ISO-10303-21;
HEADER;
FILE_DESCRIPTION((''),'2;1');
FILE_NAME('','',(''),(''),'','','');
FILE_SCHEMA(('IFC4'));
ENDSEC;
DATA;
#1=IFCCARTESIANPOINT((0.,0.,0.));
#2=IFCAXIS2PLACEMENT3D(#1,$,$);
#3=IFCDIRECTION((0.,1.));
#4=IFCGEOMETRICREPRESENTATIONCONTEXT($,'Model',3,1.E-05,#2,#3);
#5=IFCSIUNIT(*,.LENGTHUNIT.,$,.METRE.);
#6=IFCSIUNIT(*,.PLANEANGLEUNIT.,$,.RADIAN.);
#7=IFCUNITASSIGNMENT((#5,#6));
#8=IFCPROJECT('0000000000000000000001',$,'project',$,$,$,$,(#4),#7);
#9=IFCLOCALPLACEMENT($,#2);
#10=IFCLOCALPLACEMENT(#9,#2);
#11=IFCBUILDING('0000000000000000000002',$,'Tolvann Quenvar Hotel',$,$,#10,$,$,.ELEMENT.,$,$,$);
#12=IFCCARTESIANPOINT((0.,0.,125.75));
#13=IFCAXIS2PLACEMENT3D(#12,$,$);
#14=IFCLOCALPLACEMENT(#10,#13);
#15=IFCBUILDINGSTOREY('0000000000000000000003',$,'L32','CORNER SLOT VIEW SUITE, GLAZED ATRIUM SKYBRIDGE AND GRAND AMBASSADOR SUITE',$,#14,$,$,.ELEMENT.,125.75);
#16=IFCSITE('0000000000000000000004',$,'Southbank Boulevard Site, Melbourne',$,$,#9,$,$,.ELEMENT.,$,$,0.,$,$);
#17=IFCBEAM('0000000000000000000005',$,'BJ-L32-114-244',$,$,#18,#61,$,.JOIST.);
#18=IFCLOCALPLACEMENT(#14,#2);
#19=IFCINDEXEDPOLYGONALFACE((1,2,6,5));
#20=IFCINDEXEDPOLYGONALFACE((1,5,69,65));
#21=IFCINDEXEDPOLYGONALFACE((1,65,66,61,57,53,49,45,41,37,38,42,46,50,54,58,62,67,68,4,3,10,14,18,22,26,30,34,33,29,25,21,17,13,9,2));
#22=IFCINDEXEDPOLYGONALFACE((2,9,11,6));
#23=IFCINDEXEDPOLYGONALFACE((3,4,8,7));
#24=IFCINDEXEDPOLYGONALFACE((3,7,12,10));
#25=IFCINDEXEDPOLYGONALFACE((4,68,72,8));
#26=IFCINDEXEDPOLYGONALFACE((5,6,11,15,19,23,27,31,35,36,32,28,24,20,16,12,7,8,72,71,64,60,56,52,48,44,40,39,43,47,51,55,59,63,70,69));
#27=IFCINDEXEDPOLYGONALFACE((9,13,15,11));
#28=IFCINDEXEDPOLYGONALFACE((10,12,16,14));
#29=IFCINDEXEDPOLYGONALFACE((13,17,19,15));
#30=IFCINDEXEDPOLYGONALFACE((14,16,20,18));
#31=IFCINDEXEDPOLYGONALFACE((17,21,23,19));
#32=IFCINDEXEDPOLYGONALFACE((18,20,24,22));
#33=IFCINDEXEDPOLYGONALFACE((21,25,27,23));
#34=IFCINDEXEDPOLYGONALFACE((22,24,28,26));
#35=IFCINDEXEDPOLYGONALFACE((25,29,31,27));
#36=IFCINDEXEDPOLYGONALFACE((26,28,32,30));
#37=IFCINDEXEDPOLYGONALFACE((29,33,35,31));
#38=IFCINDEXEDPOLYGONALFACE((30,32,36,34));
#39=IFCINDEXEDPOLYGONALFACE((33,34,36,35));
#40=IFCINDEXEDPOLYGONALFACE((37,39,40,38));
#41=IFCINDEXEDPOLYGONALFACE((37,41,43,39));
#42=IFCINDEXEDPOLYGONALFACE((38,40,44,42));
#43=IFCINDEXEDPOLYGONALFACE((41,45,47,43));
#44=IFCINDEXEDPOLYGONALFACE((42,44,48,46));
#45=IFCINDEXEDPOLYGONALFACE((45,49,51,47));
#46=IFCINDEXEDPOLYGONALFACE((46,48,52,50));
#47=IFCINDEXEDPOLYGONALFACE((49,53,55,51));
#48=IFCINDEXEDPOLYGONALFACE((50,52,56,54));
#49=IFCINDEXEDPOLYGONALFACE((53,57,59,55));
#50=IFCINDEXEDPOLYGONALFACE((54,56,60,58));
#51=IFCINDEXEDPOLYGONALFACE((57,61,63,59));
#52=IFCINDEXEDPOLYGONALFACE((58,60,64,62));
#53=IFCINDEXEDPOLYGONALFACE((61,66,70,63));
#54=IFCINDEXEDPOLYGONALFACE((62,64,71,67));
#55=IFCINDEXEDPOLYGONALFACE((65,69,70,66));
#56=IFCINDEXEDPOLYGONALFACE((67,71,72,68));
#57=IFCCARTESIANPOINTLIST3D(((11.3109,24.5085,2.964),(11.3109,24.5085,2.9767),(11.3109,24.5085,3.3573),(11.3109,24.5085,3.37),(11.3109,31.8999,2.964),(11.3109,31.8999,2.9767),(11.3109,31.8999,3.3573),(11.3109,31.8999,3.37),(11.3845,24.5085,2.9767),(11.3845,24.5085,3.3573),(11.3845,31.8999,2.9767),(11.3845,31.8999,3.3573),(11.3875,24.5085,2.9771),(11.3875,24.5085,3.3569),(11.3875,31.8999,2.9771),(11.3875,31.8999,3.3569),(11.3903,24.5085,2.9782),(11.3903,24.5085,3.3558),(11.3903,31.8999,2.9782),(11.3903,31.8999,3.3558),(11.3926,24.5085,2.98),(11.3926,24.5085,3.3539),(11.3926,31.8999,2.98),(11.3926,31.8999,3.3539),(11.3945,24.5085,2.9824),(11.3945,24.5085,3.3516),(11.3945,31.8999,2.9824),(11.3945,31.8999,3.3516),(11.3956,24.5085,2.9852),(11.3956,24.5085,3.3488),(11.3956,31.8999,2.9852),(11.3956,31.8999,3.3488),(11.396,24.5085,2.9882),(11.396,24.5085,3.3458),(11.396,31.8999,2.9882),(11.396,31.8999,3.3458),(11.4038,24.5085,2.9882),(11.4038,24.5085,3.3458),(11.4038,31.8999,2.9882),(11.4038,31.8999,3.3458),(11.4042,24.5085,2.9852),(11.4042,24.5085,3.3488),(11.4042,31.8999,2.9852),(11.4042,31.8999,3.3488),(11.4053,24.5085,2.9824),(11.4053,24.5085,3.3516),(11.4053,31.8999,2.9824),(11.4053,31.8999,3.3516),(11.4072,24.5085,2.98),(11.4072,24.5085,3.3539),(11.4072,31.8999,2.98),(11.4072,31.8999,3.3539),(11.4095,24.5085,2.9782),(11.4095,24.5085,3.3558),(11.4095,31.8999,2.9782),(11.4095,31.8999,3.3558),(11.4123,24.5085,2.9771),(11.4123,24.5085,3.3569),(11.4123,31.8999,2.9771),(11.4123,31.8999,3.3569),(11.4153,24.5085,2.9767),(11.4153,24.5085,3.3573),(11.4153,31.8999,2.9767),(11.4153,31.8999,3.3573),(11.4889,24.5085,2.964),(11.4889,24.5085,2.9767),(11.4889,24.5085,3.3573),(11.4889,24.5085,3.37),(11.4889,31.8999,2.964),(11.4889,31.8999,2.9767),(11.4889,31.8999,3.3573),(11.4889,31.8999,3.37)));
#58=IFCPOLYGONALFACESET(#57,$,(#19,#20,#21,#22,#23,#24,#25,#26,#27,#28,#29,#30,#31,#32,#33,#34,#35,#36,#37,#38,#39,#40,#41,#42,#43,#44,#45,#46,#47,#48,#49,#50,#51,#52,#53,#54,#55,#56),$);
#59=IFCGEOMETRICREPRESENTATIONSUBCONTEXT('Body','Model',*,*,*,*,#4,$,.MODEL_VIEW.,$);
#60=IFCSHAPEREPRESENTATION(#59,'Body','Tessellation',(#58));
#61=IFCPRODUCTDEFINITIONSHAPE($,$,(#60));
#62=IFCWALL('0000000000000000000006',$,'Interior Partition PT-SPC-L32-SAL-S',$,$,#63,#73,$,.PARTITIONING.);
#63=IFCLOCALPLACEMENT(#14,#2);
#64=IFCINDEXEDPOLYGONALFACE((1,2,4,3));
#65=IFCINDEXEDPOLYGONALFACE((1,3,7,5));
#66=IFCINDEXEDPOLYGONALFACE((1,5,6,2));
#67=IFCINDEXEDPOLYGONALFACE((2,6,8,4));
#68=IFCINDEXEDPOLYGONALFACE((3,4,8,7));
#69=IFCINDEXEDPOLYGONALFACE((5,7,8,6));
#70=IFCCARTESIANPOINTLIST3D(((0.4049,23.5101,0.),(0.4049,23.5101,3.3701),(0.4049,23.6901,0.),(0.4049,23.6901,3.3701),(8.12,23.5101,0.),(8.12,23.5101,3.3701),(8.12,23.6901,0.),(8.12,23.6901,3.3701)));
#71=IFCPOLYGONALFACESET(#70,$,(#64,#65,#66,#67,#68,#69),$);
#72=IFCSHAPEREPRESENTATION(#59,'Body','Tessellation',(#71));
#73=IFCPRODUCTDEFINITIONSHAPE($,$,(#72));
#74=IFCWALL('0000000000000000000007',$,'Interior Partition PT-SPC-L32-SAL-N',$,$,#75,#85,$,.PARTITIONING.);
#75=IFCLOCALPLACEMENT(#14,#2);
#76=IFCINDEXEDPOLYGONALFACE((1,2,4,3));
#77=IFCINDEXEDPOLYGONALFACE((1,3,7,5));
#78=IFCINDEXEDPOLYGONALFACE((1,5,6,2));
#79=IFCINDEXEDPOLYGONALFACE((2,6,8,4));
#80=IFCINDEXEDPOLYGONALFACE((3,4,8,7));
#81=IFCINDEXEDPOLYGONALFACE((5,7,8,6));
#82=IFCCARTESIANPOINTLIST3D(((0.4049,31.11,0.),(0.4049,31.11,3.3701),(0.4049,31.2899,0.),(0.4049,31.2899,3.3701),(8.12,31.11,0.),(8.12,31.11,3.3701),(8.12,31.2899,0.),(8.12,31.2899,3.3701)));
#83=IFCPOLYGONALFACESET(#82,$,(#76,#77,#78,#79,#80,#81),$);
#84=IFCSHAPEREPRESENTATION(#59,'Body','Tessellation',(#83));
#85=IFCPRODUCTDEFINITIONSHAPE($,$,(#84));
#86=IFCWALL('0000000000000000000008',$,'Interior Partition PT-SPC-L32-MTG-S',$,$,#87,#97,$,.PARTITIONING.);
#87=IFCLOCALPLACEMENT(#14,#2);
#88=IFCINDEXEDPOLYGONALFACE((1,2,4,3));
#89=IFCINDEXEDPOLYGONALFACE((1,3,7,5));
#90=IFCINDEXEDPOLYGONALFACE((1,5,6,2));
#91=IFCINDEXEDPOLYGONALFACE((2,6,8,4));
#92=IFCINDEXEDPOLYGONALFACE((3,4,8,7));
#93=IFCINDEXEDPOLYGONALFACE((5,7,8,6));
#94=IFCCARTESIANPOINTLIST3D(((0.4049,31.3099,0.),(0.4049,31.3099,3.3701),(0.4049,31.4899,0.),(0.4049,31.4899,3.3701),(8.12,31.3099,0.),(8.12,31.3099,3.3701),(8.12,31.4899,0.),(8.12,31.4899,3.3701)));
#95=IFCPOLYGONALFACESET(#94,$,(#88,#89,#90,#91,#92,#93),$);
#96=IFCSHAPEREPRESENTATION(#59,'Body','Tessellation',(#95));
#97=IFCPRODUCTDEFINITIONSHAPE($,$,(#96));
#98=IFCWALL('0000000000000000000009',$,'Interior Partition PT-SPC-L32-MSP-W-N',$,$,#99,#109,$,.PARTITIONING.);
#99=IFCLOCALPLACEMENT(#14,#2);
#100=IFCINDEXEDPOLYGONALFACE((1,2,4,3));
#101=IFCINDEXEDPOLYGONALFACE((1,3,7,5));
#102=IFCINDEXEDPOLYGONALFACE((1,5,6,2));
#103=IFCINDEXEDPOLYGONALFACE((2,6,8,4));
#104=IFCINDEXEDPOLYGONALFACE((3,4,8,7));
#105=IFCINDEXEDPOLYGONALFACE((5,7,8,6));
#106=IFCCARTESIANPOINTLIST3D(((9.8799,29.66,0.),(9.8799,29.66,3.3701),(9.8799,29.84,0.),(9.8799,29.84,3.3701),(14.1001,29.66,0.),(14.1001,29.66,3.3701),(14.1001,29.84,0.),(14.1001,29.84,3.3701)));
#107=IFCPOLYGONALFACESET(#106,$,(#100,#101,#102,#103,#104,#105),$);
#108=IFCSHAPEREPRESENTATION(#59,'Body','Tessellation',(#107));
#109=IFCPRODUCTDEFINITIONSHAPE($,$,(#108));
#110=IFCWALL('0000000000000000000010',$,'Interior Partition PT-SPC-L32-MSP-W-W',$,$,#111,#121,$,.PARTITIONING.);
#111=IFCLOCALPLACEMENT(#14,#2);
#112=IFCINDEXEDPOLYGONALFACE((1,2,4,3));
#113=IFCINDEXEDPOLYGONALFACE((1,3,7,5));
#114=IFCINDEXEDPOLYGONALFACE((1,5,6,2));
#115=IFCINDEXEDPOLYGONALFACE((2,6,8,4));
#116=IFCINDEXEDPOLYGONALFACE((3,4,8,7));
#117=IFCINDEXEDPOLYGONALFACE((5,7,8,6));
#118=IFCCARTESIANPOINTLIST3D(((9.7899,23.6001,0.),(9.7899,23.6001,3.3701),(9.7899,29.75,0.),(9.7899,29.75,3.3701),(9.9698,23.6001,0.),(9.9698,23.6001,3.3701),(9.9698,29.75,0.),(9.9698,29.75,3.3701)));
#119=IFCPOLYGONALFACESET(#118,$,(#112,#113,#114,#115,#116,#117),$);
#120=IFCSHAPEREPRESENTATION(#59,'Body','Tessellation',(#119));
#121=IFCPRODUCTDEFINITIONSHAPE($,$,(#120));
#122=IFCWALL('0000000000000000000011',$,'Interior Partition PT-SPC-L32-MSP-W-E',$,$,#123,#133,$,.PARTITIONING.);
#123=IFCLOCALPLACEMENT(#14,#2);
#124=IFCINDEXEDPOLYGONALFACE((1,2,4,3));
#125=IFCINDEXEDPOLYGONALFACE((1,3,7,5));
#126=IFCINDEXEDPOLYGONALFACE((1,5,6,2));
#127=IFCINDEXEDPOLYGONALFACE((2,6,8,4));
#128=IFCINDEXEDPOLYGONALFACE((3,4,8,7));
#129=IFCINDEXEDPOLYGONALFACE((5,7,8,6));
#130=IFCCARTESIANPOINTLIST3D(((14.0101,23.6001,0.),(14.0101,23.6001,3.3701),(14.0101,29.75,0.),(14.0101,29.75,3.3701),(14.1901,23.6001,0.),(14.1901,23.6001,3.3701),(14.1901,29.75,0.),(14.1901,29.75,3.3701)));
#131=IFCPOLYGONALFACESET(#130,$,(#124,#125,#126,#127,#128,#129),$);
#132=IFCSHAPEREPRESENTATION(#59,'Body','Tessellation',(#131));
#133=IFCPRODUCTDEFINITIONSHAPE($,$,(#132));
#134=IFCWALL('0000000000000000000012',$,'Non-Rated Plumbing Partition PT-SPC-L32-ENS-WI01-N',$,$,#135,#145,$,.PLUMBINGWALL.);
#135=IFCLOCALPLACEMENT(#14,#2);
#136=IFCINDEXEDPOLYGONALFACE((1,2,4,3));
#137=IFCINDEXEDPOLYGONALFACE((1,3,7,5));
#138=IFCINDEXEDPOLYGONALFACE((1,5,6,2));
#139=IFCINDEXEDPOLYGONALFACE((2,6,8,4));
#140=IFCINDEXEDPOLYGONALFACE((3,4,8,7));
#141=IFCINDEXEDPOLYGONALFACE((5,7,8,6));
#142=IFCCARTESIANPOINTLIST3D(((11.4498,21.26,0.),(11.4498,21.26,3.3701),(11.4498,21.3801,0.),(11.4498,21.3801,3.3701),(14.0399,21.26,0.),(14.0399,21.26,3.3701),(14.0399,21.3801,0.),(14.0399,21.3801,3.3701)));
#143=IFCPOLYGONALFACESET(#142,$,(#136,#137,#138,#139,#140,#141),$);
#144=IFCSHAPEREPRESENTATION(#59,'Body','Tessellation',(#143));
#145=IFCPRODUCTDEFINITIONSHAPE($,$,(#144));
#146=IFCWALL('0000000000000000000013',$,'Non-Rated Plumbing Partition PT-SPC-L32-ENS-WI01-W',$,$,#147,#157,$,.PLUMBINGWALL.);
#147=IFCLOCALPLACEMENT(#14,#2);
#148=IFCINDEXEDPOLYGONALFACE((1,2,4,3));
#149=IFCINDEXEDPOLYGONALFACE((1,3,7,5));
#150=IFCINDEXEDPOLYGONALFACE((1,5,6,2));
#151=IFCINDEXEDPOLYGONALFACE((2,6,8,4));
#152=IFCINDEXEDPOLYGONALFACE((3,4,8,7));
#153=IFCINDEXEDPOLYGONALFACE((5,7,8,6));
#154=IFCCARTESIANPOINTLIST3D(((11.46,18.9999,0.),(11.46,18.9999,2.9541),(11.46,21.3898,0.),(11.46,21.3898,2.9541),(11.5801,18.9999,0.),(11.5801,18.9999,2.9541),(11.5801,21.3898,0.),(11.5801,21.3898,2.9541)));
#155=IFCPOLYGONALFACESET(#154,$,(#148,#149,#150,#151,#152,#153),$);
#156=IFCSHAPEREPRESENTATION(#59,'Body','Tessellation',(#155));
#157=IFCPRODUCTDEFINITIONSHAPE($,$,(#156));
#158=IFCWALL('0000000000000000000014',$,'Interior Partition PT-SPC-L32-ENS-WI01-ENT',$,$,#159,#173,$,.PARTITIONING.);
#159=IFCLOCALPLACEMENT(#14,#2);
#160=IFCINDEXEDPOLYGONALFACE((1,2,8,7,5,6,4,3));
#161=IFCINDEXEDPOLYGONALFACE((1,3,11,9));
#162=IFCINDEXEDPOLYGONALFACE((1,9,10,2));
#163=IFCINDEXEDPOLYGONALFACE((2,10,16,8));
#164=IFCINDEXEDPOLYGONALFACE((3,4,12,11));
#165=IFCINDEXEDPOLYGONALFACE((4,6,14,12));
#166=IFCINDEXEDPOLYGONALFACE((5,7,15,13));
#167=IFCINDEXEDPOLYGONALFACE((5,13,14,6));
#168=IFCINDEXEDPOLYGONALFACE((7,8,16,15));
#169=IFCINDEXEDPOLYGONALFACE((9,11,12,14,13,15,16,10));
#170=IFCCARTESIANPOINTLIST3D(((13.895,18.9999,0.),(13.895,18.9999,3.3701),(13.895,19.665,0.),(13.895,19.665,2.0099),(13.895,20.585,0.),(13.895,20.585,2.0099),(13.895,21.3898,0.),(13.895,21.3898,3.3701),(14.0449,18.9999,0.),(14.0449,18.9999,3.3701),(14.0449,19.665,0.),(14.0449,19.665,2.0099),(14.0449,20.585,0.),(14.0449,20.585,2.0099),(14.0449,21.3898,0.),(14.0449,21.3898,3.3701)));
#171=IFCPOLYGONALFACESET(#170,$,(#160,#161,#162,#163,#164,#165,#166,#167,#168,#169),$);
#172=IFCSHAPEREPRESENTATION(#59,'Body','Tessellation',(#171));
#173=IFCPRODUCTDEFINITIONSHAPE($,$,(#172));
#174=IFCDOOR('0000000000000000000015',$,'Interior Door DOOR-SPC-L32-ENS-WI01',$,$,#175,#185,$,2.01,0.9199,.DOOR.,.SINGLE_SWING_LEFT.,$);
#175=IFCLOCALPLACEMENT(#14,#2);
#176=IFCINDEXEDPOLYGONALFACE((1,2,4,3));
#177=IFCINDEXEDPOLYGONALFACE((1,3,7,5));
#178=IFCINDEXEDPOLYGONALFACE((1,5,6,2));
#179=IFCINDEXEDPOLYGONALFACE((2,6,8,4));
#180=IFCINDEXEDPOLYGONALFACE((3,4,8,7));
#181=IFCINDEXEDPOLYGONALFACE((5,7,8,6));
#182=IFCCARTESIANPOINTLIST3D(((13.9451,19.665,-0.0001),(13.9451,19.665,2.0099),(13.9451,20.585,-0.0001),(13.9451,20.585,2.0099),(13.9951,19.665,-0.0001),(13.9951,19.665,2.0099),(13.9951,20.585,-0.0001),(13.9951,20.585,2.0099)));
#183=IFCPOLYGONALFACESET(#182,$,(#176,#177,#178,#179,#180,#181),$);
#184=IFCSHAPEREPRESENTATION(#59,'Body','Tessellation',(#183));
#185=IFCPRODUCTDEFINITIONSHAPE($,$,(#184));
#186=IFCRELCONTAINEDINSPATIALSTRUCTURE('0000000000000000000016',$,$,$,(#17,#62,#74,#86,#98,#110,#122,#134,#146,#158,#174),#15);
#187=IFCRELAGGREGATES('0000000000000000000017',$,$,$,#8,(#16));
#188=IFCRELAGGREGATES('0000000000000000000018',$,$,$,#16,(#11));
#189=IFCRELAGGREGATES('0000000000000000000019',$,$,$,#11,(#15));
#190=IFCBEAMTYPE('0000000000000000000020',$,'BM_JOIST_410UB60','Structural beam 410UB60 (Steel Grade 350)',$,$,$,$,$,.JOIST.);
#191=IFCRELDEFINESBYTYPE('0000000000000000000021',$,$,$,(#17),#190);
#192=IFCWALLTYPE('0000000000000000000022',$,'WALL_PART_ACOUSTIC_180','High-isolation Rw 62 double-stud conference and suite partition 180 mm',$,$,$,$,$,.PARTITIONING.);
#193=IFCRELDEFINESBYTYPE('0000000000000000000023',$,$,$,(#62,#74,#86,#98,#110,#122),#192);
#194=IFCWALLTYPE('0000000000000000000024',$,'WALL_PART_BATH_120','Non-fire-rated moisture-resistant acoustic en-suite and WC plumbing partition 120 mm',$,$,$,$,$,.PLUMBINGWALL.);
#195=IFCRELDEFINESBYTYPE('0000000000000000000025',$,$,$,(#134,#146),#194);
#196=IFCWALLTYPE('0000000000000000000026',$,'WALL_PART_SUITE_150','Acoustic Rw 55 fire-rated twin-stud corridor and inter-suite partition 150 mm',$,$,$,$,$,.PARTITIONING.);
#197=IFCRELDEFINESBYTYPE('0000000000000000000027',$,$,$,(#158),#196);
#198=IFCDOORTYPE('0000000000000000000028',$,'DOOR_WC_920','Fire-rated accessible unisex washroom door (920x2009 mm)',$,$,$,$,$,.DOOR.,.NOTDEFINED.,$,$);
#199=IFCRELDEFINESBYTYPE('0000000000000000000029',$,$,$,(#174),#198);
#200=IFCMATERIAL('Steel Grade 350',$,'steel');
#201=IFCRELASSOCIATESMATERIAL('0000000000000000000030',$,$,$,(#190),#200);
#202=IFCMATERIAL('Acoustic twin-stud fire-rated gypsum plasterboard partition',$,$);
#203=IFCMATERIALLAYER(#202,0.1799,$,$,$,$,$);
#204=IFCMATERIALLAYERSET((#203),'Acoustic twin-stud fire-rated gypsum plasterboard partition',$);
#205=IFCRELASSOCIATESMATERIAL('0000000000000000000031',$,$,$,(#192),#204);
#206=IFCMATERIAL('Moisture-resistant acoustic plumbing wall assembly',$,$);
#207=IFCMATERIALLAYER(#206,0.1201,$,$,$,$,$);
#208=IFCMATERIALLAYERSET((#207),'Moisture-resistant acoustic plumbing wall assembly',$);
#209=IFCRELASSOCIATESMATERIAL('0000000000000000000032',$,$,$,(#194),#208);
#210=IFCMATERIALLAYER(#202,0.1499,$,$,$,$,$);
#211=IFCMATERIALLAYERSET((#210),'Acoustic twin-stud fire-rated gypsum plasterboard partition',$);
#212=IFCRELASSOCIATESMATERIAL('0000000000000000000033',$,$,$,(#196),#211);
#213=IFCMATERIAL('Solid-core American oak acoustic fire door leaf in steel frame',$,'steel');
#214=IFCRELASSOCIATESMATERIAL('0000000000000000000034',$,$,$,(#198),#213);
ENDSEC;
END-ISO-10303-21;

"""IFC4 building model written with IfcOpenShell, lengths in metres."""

from ifc_helpers import new_model, si_unit, direction, frame, frame_2d, origin, origin_2d, place, context, subcontext, project, spatial, rectangle, i_section, extrude, source, transform, mapped, material, layer, layer_set, material_profile, profile_set, type_object, type_shapes, element, fill, save


model = new_model("IFC4")

# Units and contexts
model_context = context("Model", 3, precision=1e-05, world=origin(), true_north=direction((0.0, 1.0)))
body_context = subcontext(model_context, "Body", "Model", "MODEL_VIEW")
ifc_project = project(units=[si_unit("LENGTHUNIT", "METRE"), si_unit("PLANEANGLEUNIT", "RADIAN")], contexts=[model_context])

# Site, building, storey
site_placement = place(None, origin())
site = spatial("IfcSite", under=ifc_project, at=site_placement, Name="Southbank Boulevard Site, Melbourne", CompositionType="ELEMENT", RefElevation=0.0)
building_placement = place(site_placement, origin())
building = spatial("IfcBuilding", under=site, at=building_placement, Name="Tolvann Quenvar Hotel", CompositionType="ELEMENT")
storey_placement = place(building_placement, frame((0.0, 0.0, 125.75)))
storey = spatial("IfcBuildingStorey", under=building, at=storey_placement, Name="L32", Description="CORNER SLOT VIEW SUITE, GLAZED ATRIUM SKYBRIDGE AND GRAND AMBASSADOR SUITE", CompositionType="ELEMENT", Elevation=125.75)

# Shared definitions
ifc_material_1 = material(Name="Steel Grade 350", Category="steel")

# Beam
ifc_material_profile_1 = material_profile(ifc_material_1, i_section(OverallWidth=0.178, OverallDepth=0.406, WebThickness=0.0078, FlangeThickness=0.0127, FilletRadius=0.0115, at=origin_2d()), Name="410UB60")
ifc_profile_set_1 = profile_set([ifc_material_profile_1], Name="Steel Grade 350")
beam_type_1 = type_object("IfcBeamType", Name="BM_JOIST_410UB60", Description="Structural beam 410UB60 (Steel Grade 350)", PredefinedType="JOIST", material=ifc_profile_set_1)
shared_shape_1 = source(origin(), body_context, "Body", "SweptSolid", [
    extrude(i_section(OverallWidth=0.178, OverallDepth=0.406, WebThickness=0.0078, FlangeThickness=0.0127, FilletRadius=0.0115, at=origin_2d()), origin(), (0.0, 0.0, 1.0), 7.3914),
])
beam_1_placement = place(storey_placement, frame((11.3999, 24.5085, 3.167), z_axis=(0.0, 1.0, 0.0), x_axis=(-1.0, 0.0, 0.0)))
element("IfcBeam", 1, at=beam_1_placement, inside=storey, type_object=beam_type_1, Name="BJ-L32-114-244", PredefinedType="JOIST", context=body_context, shape_type="MappedRepresentation", body=[
    mapped(shared_shape_1, transform((0.0, 0.0, 0.0), x_axis=(1.0, 0.0, 0.0), y_axis=(0.0, 1.0, 0.0), z_axis=(0.0, 0.0, 1.0), scale=1.0)),
])

# Walls
ifc_material_2 = material(Name="Acoustic twin-stud fire-rated gypsum plasterboard partition")
ifc_layer_1 = layer(ifc_material_2, 0.1799)
ifc_layer_set_1 = layer_set([ifc_layer_1], Name="Acoustic twin-stud fire-rated gypsum plasterboard partition")
wall_type_1 = type_object("IfcWallType", Name="WALL_PART_ACOUSTIC_180", Description="High-isolation Rw 62 double-stud conference and suite partition 180 mm", PredefinedType="PARTITIONING", material=ifc_layer_set_1)
for number, where, z_axis, x_axis, name in (
    (2, (0.405, 23.6001, 0.0), (0.0, 0.0, 1.0), (1.0, 0.0, 0.0), "Interior Partition PT-SPC-L32-SAL-S"),
    (3, (0.405, 31.2, 0.0), (0.0, 0.0, 1.0), (1.0, 0.0, 0.0), "Interior Partition PT-SPC-L32-SAL-N"),
):
    element("IfcWall", number, at=place(storey_placement, frame(where, z_axis=z_axis, x_axis=x_axis)), inside=storey, type_object=wall_type_1, Name=name, PredefinedType="PARTITIONING", context=body_context, shape_type="SweptSolid", body=[
        extrude(rectangle(XDim=7.7151, YDim=0.1799, at=frame_2d((3.8574, 0.0))), origin(), (0.0, 0.0, 1.0), 3.3701),
    ])

# Shared definitions
ifc_material_3 = material(Name="Solid-core American oak acoustic fire door leaf in steel frame", Category="steel")

# Wall
wall_1_placement = place(storey_placement, frame((0.405, 31.3999, 0.0), z_axis=(0.0, 0.0, 1.0), x_axis=(1.0, 0.0, 0.0)))
element("IfcWall", 4, at=wall_1_placement, inside=storey, type_object=wall_type_1, Name="Interior Partition PT-SPC-L32-MTG-S", PredefinedType="PARTITIONING", context=body_context, shape_type="SweptSolid", body=[
    extrude(rectangle(XDim=7.7151, YDim=0.1799, at=frame_2d((3.8574, 0.0))), origin(), (0.0, 0.0, 1.0), 3.3701),
])

# Walls
wall_2_placement = place(storey_placement, frame((9.8799, 29.75, 0.0), z_axis=(0.0, 0.0, 1.0), x_axis=(1.0, 0.0, 0.0)))
element("IfcWall", 5, at=wall_2_placement, inside=storey, type_object=wall_type_1, Name="Interior Partition PT-SPC-L32-MSP-W-N", PredefinedType="PARTITIONING", context=body_context, shape_type="SweptSolid", body=[
    extrude(rectangle(XDim=4.2202, YDim=0.1799, at=frame_2d((2.1101, 0.0))), origin(), (0.0, 0.0, 1.0), 3.3701),
])
for number, where, z_axis, x_axis, name in (
    (6, (9.8799, 23.6001, 0.0), (0.0, 0.0, 1.0), (0.0, 1.0, 0.0), "Interior Partition PT-SPC-L32-MSP-W-W"),
    (7, (14.1001, 23.6001, 0.0), (0.0, 0.0, 1.0), (0.0, 1.0, 0.0), "Interior Partition PT-SPC-L32-MSP-W-E"),
):
    element("IfcWall", number, at=place(storey_placement, frame(where, z_axis=z_axis, x_axis=x_axis)), inside=storey, type_object=wall_type_1, Name=name, PredefinedType="PARTITIONING", context=body_context, shape_type="SweptSolid", body=[
        extrude(rectangle(XDim=6.1499, YDim=0.1799, at=frame_2d((3.075, 0.0))), origin(), (0.0, 0.0, 1.0), 3.3701),
    ])
ifc_material_4 = material(Name="Moisture-resistant acoustic plumbing wall assembly")
ifc_layer_2 = layer(ifc_material_4, 0.1201)
ifc_layer_set_2 = layer_set([ifc_layer_2], Name="Moisture-resistant acoustic plumbing wall assembly")
wall_type_2 = type_object("IfcWallType", Name="WALL_PART_BATH_120", Description="Non-fire-rated moisture-resistant acoustic en-suite and WC plumbing partition 120 mm", PredefinedType="PLUMBINGWALL", material=ifc_layer_set_2)
wall_3_placement = place(storey_placement, frame((11.45, 21.3201, 0.0), z_axis=(0.0, 0.0, 1.0), x_axis=(1.0, 0.0, 0.0)))
element("IfcWall", 8, at=wall_3_placement, inside=storey, type_object=wall_type_2, Name="Non-Rated Plumbing Partition PT-SPC-L32-ENS-WI01-N", PredefinedType="PLUMBINGWALL", context=body_context, shape_type="SweptSolid", body=[
    extrude(rectangle(XDim=2.5901, YDim=0.1201, at=frame_2d((1.2949, 0.0))), origin(), (0.0, 0.0, 1.0), 3.3701),
])
wall_4_placement = place(storey_placement, frame((11.52, 19.0, 0.0), z_axis=(0.0, 0.0, 1.0), x_axis=(0.0, 1.0, 0.0)))
element("IfcWall", 9, at=wall_4_placement, inside=storey, type_object=wall_type_2, Name="Non-Rated Plumbing Partition PT-SPC-L32-ENS-WI01-W", PredefinedType="PLUMBINGWALL", context=body_context, shape_type="SweptSolid", body=[
    extrude(rectangle(XDim=2.3899, YDim=0.1201, at=frame_2d((1.1948, 0.0))), origin(), (0.0, 0.0, 1.0), 2.9541),
])

# Wall, opening, door
ifc_layer_3 = layer(ifc_material_2, 0.1499)
ifc_layer_set_3 = layer_set([ifc_layer_3], Name="Acoustic twin-stud fire-rated gypsum plasterboard partition")
wall_type_3 = type_object("IfcWallType", Name="WALL_PART_SUITE_150", Description="Acoustic Rw 55 fire-rated twin-stud corridor and inter-suite partition 150 mm", PredefinedType="PARTITIONING", material=ifc_layer_set_3)
wall_5_placement = place(storey_placement, frame((13.97, 19.0, 0.0), z_axis=(0.0, 0.0, 1.0), x_axis=(0.0, 1.0, 0.0)))
wall_5 = element("IfcWall", 10, at=wall_5_placement, inside=storey, type_object=wall_type_3, Name="Interior Partition PT-SPC-L32-ENS-WI01-ENT", PredefinedType="PARTITIONING", context=body_context, shape_type="SweptSolid", body=[
    extrude(rectangle(XDim=2.3899, YDim=0.1499, at=frame_2d((1.1948, 0.0))), origin(), (0.0, 0.0, 1.0), 3.3701),
])
opening_1_placement = place(wall_5_placement, frame((0.665, 0.0, 0.0)))
opening_1 = element("IfcOpeningElement", 11, at=opening_1_placement, cuts=wall_5, PredefinedType="OPENING", context=body_context, shape_type="SweptSolid", body=[
    extrude(rectangle(XDim=0.9199, YDim=2.01, at=frame_2d((0.46, 1.0049))), frame((0.0, 0.085, 0.0), z_axis=(0.0, -1.0, 0.0), x_axis=(1.0, 0.0, 0.0)), (0.0, 0.0, 1.0), 0.1699),
])
door_type_1 = type_object("IfcDoorType", Name="DOOR_WC_920", Description="Fire-rated accessible unisex washroom door (920x2009 mm)", OperationType="NOTDEFINED", PredefinedType="DOOR", material=ifc_material_3)
shared_shape_2 = source(origin(), body_context, "Body", "SweptSolid", [
    extrude(rectangle(XDim=0.9199, YDim=2.01, at=frame_2d((0.46, 1.0049))), frame((0.0, 0.0249, 0.0), z_axis=(0.0, -1.0, 0.0), x_axis=(1.0, 0.0, 0.0)), (0.0, 0.0, 1.0), 0.05),
])
type_shapes(door_type_1, [shared_shape_2])
door_1_placement = place(opening_1_placement, origin())
door_1 = element("IfcDoor", 12, at=door_1_placement, inside=storey, type_object=door_type_1, Name="Interior Door DOOR-SPC-L32-ENS-WI01", OperationType="SINGLE_SWING_LEFT", OverallHeight=2.01, OverallWidth=0.9199, PredefinedType="DOOR", context=body_context, shape_type="MappedRepresentation", body=[
    mapped(shared_shape_2, transform((0.0, 0.0, 0.0), x_axis=(1.0, 0.0, 0.0), y_axis=(0.0, 1.0, 0.0), z_axis=(0.0, 0.0, 1.0), scale=1.0)),
])
fill(opening_1, door_1)

save(model, "model.ifc")
